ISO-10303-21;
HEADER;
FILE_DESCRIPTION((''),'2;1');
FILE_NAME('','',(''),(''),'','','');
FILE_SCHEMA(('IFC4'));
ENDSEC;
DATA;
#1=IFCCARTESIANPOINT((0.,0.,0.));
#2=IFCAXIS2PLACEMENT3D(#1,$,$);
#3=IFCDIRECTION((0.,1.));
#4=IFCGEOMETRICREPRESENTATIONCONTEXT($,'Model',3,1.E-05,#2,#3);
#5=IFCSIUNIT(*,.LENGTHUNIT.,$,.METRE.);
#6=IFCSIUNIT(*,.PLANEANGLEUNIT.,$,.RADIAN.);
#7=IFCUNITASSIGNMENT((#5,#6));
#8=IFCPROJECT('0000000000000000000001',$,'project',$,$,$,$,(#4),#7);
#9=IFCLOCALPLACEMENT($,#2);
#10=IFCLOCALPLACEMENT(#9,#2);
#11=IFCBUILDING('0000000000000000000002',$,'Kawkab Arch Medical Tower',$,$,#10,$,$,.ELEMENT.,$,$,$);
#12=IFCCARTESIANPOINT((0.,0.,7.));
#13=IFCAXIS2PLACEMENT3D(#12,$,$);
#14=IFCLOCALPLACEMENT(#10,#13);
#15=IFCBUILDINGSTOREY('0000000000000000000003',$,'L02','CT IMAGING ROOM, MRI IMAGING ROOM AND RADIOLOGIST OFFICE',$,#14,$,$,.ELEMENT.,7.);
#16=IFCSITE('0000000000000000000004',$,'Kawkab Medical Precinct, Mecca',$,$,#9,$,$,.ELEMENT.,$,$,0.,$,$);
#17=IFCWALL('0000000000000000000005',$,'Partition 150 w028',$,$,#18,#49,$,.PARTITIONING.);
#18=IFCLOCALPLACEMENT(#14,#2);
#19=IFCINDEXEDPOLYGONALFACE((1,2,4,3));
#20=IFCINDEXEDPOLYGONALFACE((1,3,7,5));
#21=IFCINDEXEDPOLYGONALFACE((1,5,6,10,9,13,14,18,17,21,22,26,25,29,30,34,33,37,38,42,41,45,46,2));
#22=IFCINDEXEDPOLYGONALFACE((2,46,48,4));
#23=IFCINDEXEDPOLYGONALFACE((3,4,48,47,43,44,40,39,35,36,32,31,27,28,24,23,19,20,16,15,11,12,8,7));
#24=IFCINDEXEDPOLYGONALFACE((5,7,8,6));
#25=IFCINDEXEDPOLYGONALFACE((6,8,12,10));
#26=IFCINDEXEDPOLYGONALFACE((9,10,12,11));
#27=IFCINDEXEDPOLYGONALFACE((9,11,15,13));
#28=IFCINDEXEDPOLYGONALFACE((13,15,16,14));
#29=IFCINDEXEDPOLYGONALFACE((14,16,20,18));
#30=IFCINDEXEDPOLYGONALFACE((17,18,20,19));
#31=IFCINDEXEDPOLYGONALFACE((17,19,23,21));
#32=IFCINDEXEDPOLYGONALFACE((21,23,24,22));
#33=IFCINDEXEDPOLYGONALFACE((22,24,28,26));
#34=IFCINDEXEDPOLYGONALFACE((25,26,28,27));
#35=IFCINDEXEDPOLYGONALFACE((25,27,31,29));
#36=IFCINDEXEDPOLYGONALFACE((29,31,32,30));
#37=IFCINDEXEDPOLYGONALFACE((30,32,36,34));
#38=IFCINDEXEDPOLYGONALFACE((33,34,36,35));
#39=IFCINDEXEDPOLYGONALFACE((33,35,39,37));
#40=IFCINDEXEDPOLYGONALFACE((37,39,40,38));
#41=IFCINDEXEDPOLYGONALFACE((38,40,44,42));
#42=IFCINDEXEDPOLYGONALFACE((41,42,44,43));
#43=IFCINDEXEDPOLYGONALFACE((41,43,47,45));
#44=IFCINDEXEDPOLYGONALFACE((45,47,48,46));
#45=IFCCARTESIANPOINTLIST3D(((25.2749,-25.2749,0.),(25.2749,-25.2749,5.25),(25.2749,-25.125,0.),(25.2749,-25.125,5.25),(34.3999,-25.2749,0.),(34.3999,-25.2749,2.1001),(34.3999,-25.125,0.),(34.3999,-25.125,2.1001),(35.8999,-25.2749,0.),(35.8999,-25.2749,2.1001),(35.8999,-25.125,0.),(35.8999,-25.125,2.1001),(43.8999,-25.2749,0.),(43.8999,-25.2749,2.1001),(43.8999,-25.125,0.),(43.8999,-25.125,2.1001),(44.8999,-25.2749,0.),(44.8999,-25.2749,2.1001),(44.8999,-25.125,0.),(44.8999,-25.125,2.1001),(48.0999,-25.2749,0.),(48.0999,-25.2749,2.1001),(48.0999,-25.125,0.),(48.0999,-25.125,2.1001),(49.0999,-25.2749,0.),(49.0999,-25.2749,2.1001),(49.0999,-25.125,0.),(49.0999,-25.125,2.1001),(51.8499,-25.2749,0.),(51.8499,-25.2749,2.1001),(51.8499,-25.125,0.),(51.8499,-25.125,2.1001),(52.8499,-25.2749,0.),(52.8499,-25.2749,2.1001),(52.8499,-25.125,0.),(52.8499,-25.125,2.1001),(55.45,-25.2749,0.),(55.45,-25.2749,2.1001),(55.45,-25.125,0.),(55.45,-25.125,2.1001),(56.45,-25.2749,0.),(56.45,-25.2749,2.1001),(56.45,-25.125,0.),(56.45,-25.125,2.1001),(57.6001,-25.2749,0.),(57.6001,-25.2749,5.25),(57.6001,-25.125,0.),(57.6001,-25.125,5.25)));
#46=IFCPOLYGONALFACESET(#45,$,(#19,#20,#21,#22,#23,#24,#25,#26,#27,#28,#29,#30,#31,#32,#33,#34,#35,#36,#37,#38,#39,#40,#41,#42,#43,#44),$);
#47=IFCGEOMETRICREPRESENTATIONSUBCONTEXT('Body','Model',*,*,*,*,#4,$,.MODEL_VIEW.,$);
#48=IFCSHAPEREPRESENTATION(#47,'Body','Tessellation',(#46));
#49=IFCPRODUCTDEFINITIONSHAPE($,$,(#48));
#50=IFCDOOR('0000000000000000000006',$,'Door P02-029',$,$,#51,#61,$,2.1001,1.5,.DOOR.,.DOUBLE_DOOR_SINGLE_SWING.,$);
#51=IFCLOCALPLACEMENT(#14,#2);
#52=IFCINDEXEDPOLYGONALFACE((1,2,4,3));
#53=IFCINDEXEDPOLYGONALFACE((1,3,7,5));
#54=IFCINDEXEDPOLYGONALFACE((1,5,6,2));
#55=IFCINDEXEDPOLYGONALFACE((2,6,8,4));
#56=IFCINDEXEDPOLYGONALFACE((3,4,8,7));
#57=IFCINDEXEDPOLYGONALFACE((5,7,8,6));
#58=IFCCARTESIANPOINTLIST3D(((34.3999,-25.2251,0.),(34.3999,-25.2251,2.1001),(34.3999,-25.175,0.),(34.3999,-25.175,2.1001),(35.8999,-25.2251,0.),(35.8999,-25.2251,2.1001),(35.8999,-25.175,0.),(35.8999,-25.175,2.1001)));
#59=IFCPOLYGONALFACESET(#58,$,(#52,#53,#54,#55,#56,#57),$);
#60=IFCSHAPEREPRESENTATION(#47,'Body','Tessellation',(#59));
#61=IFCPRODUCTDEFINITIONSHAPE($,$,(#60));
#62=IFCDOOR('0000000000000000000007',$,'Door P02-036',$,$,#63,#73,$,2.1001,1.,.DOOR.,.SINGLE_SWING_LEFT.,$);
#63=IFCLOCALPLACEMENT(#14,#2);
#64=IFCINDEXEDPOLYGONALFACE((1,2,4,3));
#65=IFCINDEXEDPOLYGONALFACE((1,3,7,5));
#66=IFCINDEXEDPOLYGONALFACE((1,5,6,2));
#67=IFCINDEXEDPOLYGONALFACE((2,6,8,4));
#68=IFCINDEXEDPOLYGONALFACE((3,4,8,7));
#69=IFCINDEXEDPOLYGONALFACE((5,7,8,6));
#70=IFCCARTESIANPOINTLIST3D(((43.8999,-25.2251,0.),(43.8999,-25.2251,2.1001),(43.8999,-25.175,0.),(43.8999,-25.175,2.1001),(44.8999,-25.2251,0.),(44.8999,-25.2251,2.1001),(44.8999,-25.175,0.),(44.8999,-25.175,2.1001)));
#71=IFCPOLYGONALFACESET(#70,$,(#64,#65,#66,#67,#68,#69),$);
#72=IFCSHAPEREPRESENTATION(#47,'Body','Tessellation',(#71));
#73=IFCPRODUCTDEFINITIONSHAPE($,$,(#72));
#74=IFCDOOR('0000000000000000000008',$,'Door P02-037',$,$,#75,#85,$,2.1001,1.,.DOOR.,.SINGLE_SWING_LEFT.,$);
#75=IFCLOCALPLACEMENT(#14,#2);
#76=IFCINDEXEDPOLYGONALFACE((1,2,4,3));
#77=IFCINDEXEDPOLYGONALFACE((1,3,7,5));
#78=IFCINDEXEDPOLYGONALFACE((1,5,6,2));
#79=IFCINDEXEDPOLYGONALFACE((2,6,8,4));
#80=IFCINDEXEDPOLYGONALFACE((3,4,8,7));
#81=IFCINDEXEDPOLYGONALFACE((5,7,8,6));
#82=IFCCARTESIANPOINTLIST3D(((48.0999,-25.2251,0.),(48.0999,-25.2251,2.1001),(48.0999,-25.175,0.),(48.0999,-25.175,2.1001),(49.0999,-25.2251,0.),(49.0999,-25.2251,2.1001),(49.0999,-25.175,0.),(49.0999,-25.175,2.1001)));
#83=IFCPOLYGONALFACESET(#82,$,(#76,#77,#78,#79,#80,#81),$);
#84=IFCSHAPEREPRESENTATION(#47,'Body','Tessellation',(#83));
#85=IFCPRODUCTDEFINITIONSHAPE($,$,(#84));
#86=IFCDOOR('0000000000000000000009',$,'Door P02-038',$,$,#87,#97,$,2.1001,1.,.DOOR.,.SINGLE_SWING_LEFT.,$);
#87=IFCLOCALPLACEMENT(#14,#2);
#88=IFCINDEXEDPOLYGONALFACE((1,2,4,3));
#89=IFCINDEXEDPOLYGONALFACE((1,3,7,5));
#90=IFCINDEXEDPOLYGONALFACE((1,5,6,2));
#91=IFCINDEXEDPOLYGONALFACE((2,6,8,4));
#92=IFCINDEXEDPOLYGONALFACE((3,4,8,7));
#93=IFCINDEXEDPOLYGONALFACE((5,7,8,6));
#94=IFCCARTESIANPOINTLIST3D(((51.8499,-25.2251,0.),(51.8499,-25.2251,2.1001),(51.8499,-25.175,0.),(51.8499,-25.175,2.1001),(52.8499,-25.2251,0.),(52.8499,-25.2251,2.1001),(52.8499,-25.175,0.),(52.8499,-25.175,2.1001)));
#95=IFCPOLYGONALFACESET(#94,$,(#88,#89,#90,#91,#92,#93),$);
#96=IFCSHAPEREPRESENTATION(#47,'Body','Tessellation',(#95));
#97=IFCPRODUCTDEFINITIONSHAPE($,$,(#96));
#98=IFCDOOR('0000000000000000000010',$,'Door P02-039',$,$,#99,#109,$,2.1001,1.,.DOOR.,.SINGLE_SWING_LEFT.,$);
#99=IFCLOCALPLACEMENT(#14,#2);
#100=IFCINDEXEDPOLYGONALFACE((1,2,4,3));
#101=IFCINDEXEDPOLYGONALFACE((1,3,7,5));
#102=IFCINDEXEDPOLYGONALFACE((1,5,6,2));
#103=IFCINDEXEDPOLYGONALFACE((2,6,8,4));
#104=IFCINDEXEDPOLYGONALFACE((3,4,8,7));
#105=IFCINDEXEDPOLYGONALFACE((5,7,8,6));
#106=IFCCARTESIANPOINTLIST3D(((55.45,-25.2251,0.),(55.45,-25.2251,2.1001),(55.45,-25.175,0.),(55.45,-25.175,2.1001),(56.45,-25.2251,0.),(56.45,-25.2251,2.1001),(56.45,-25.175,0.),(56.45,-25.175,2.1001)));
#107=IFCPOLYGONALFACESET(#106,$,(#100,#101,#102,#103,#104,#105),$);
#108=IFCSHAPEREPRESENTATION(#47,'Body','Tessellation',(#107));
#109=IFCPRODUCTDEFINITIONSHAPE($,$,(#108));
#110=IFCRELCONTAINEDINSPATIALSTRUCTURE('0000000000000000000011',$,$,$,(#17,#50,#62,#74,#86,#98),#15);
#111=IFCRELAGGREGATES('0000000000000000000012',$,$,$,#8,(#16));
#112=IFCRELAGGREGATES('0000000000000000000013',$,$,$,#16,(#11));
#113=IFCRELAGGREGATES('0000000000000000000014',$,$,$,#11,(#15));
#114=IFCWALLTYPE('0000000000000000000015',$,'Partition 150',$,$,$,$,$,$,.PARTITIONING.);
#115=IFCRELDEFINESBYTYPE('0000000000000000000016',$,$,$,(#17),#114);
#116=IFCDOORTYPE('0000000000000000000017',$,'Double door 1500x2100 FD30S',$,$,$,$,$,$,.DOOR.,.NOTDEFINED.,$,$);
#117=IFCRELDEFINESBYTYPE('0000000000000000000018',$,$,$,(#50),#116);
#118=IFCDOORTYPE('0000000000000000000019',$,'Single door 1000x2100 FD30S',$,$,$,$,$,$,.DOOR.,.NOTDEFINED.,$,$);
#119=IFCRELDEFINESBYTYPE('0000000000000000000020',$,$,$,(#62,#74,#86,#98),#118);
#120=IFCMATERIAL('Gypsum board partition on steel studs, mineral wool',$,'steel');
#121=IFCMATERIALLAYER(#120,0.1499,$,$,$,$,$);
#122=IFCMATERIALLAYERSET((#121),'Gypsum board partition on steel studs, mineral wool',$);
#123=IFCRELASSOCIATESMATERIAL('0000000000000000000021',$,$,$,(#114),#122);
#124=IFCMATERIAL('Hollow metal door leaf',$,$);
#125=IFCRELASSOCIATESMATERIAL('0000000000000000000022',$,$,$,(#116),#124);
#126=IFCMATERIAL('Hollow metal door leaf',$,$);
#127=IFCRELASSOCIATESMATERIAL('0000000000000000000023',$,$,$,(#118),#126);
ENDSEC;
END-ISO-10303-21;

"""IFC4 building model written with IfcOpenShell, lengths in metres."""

from ifc_helpers import new_model, si_unit, direction, frame, frame_2d, origin, place, context, subcontext, project, spatial, rectangle, extrude, material, layer, layer_set, type_object, element, fill, save


model = new_model("IFC4")

# Units and contexts
model_context = context("Model", 3, precision=1e-05, world=origin(), true_north=direction((0.0, 1.0)))
body_context = subcontext(model_context, "Body", "Model", "MODEL_VIEW")
ifc_project = project(units=[si_unit("LENGTHUNIT", "METRE"), si_unit("PLANEANGLEUNIT", "RADIAN")], contexts=[model_context])

# Site, building, storey
site_placement = place(None, origin())
site = spatial("IfcSite", under=ifc_project, at=site_placement, Name="Kawkab Medical Precinct, Mecca", CompositionType="ELEMENT", RefElevation=0.0)
building_placement = place(site_placement, origin())
building = spatial("IfcBuilding", under=site, at=building_placement, Name="Kawkab Arch Medical Tower", CompositionType="ELEMENT")
storey_placement = place(building_placement, frame((0.0, 0.0, 7.0)))
storey = spatial("IfcBuildingStorey", under=building, at=storey_placement, Name="L02", Description="CT IMAGING ROOM, MRI IMAGING ROOM AND RADIOLOGIST OFFICE", CompositionType="ELEMENT", Elevation=7.0)

# Wall, openings, doors
ifc_material_1 = material(Name="Gypsum board partition on steel studs, mineral wool", Category="steel")
ifc_layer_1 = layer(ifc_material_1, 0.1499)
ifc_layer_set_1 = layer_set([ifc_layer_1], Name="Gypsum board partition on steel studs, mineral wool")
wall_type_1 = type_object("IfcWallType", Name="Partition 150", PredefinedType="PARTITIONING", material=ifc_layer_set_1)
wall_1_placement = place(storey_placement, frame((25.2749, -25.2, 0.0), z_axis=(0.0, 0.0, 1.0), x_axis=(1.0, 0.0, 0.0)))
wall_1 = element("IfcWall", 1, at=wall_1_placement, inside=storey, type_object=wall_type_1, Name="Partition 150 w028", PredefinedType="PARTITIONING", context=body_context, shape_type="SweptSolid", body=[
    extrude(rectangle(XDim=32.3252, YDim=0.1499, at=frame_2d((16.1626, 0.0))), origin(), (0.0, 0.0, 1.0), 5.25),
])
opening_1_placement = place(wall_1_placement, frame((18.625, 0.0, 0.0)))
opening_1 = element("IfcOpeningElement", 2, at=opening_1_placement, cuts=wall_1, PredefinedType="OPENING", context=body_context, shape_type="SweptSolid", body=[
    extrude(rectangle(XDim=1.0, YDim=2.1001, at=frame_2d((0.5, 1.05))), frame((0.0, 0.085, 0.0), z_axis=(0.0, -1.0, 0.0), x_axis=(1.0, 0.0, 0.0)), (0.0, 0.0, 1.0), 0.1699),
])
opening_2_placement = place(wall_1_placement, frame((22.825, 0.0, 0.0)))
opening_2 = element("IfcOpeningElement", 3, at=opening_2_placement, cuts=wall_1, PredefinedType="OPENING", context=body_context, shape_type="SweptSolid", body=[
    extrude(rectangle(XDim=1.0, YDim=2.1001, at=frame_2d((0.5, 1.05))), frame((0.0, 0.085, 0.0), z_axis=(0.0, -1.0, 0.0), x_axis=(1.0, 0.0, 0.0)), (0.0, 0.0, 1.0), 0.1699),
])
opening_3_placement = place(wall_1_placement, frame((26.575, 0.0, 0.0)))
opening_3 = element("IfcOpeningElement", 4, at=opening_3_placement, cuts=wall_1, PredefinedType="OPENING", context=body_context, shape_type="SweptSolid", body=[
    extrude(rectangle(XDim=1.0, YDim=2.1001, at=frame_2d((0.5, 1.05))), frame((0.0, 0.085, 0.0), z_axis=(0.0, -1.0, 0.0), x_axis=(1.0, 0.0, 0.0)), (0.0, 0.0, 1.0), 0.1699),
])
opening_4_placement = place(wall_1_placement, frame((30.175, 0.0, 0.0)))
opening_4 = element("IfcOpeningElement", 5, at=opening_4_placement, cuts=wall_1, PredefinedType="OPENING", context=body_context, shape_type="SweptSolid", body=[
    extrude(rectangle(XDim=1.0, YDim=2.1001, at=frame_2d((0.5, 1.05))), frame((0.0, 0.085, 0.0), z_axis=(0.0, -1.0, 0.0), x_axis=(1.0, 0.0, 0.0)), (0.0, 0.0, 1.0), 0.1699),
])
opening_5_placement = place(wall_1_placement, frame((9.125, 0.0, 0.0)))
opening_5 = element("IfcOpeningElement", 6, at=opening_5_placement, cuts=wall_1, PredefinedType="OPENING", context=body_context, shape_type="SweptSolid", body=[
    extrude(rectangle(XDim=1.5, YDim=2.1001, at=frame_2d((0.75, 1.05))), frame((0.0, 0.085, 0.0), z_axis=(0.0, -1.0, 0.0), x_axis=(1.0, 0.0, 0.0)), (0.0, 0.0, 1.0), 0.1699),
])
ifc_material_2 = material(Name="Hollow metal door leaf")
door_type_1 = type_object("IfcDoorType", Name="Double door 1500x2100 FD30S", OperationType="NOTDEFINED", PredefinedType="DOOR", material=ifc_material_2)
door_1_placement = place(opening_5_placement, origin())
door_1 = element("IfcDoor", 7, at=door_1_placement, inside=storey, type_object=door_type_1, Name="Door P02-029", OperationType="DOUBLE_DOOR_SINGLE_SWING", OverallHeight=2.1001, OverallWidth=1.5, PredefinedType="DOOR", context=body_context, shape_type="SweptSolid", body=[
    extrude(rectangle(XDim=1.5, YDim=2.1001, at=frame_2d((0.75, 1.05))), frame((0.0, 0.0249, 0.0), z_axis=(0.0, -1.0, 0.0), x_axis=(1.0, 0.0, 0.0)), (0.0, 0.0, 1.0), 0.05),
])
fill(opening_5, door_1)
ifc_material_3 = material(Name="Hollow metal door leaf")
door_type_2 = type_object("IfcDoorType", Name="Single door 1000x2100 FD30S", OperationType="NOTDEFINED", PredefinedType="DOOR", material=ifc_material_3)
door_2_placement = place(opening_1_placement, origin())
door_2 = element("IfcDoor", 8, at=door_2_placement, inside=storey, type_object=door_type_2, Name="Door P02-036", OperationType="SINGLE_SWING_LEFT", OverallHeight=2.1001, OverallWidth=1.0, PredefinedType="DOOR", context=body_context, shape_type="SweptSolid", body=[
    extrude(rectangle(XDim=1.0, YDim=2.1001, at=frame_2d((0.5, 1.05))), frame((0.0, 0.0249, 0.0), z_axis=(0.0, -1.0, 0.0), x_axis=(1.0, 0.0, 0.0)), (0.0, 0.0, 1.0), 0.05),
])
fill(opening_1, door_2)
door_3_placement = place(opening_2_placement, origin())
door_3 = element("IfcDoor", 9, at=door_3_placement, inside=storey, type_object=door_type_2, Name="Door P02-037", OperationType="SINGLE_SWING_LEFT", OverallHeight=2.1001, OverallWidth=1.0, PredefinedType="DOOR", context=body_context, shape_type="SweptSolid", body=[
    extrude(rectangle(XDim=1.0, YDim=2.1001, at=frame_2d((0.5, 1.05))), frame((0.0, 0.0249, 0.0), z_axis=(0.0, -1.0, 0.0), x_axis=(1.0, 0.0, 0.0)), (0.0, 0.0, 1.0), 0.05),
])
fill(opening_2, door_3)
door_4_placement = place(opening_3_placement, origin())
door_4 = element("IfcDoor", 10, at=door_4_placement, inside=storey, type_object=door_type_2, Name="Door P02-038", OperationType="SINGLE_SWING_LEFT", OverallHeight=2.1001, OverallWidth=1.0, PredefinedType="DOOR", context=body_context, shape_type="SweptSolid", body=[
    extrude(rectangle(XDim=1.0, YDim=2.1001, at=frame_2d((0.5, 1.05))), frame((0.0, 0.0249, 0.0), z_axis=(0.0, -1.0, 0.0), x_axis=(1.0, 0.0, 0.0)), (0.0, 0.0, 1.0), 0.05),
])
fill(opening_3, door_4)
door_5_placement = place(opening_4_placement, origin())
door_5 = element("IfcDoor", 11, at=door_5_placement, inside=storey, type_object=door_type_2, Name="Door P02-039", OperationType="SINGLE_SWING_LEFT", OverallHeight=2.1001, OverallWidth=1.0, PredefinedType="DOOR", context=body_context, shape_type="SweptSolid", body=[
    extrude(rectangle(XDim=1.0, YDim=2.1001, at=frame_2d((0.5, 1.05))), frame((0.0, 0.0249, 0.0), z_axis=(0.0, -1.0, 0.0), x_axis=(1.0, 0.0, 0.0)), (0.0, 0.0, 1.0), 0.05),
])
fill(opening_4, door_5)

save(model, "model.ifc")
